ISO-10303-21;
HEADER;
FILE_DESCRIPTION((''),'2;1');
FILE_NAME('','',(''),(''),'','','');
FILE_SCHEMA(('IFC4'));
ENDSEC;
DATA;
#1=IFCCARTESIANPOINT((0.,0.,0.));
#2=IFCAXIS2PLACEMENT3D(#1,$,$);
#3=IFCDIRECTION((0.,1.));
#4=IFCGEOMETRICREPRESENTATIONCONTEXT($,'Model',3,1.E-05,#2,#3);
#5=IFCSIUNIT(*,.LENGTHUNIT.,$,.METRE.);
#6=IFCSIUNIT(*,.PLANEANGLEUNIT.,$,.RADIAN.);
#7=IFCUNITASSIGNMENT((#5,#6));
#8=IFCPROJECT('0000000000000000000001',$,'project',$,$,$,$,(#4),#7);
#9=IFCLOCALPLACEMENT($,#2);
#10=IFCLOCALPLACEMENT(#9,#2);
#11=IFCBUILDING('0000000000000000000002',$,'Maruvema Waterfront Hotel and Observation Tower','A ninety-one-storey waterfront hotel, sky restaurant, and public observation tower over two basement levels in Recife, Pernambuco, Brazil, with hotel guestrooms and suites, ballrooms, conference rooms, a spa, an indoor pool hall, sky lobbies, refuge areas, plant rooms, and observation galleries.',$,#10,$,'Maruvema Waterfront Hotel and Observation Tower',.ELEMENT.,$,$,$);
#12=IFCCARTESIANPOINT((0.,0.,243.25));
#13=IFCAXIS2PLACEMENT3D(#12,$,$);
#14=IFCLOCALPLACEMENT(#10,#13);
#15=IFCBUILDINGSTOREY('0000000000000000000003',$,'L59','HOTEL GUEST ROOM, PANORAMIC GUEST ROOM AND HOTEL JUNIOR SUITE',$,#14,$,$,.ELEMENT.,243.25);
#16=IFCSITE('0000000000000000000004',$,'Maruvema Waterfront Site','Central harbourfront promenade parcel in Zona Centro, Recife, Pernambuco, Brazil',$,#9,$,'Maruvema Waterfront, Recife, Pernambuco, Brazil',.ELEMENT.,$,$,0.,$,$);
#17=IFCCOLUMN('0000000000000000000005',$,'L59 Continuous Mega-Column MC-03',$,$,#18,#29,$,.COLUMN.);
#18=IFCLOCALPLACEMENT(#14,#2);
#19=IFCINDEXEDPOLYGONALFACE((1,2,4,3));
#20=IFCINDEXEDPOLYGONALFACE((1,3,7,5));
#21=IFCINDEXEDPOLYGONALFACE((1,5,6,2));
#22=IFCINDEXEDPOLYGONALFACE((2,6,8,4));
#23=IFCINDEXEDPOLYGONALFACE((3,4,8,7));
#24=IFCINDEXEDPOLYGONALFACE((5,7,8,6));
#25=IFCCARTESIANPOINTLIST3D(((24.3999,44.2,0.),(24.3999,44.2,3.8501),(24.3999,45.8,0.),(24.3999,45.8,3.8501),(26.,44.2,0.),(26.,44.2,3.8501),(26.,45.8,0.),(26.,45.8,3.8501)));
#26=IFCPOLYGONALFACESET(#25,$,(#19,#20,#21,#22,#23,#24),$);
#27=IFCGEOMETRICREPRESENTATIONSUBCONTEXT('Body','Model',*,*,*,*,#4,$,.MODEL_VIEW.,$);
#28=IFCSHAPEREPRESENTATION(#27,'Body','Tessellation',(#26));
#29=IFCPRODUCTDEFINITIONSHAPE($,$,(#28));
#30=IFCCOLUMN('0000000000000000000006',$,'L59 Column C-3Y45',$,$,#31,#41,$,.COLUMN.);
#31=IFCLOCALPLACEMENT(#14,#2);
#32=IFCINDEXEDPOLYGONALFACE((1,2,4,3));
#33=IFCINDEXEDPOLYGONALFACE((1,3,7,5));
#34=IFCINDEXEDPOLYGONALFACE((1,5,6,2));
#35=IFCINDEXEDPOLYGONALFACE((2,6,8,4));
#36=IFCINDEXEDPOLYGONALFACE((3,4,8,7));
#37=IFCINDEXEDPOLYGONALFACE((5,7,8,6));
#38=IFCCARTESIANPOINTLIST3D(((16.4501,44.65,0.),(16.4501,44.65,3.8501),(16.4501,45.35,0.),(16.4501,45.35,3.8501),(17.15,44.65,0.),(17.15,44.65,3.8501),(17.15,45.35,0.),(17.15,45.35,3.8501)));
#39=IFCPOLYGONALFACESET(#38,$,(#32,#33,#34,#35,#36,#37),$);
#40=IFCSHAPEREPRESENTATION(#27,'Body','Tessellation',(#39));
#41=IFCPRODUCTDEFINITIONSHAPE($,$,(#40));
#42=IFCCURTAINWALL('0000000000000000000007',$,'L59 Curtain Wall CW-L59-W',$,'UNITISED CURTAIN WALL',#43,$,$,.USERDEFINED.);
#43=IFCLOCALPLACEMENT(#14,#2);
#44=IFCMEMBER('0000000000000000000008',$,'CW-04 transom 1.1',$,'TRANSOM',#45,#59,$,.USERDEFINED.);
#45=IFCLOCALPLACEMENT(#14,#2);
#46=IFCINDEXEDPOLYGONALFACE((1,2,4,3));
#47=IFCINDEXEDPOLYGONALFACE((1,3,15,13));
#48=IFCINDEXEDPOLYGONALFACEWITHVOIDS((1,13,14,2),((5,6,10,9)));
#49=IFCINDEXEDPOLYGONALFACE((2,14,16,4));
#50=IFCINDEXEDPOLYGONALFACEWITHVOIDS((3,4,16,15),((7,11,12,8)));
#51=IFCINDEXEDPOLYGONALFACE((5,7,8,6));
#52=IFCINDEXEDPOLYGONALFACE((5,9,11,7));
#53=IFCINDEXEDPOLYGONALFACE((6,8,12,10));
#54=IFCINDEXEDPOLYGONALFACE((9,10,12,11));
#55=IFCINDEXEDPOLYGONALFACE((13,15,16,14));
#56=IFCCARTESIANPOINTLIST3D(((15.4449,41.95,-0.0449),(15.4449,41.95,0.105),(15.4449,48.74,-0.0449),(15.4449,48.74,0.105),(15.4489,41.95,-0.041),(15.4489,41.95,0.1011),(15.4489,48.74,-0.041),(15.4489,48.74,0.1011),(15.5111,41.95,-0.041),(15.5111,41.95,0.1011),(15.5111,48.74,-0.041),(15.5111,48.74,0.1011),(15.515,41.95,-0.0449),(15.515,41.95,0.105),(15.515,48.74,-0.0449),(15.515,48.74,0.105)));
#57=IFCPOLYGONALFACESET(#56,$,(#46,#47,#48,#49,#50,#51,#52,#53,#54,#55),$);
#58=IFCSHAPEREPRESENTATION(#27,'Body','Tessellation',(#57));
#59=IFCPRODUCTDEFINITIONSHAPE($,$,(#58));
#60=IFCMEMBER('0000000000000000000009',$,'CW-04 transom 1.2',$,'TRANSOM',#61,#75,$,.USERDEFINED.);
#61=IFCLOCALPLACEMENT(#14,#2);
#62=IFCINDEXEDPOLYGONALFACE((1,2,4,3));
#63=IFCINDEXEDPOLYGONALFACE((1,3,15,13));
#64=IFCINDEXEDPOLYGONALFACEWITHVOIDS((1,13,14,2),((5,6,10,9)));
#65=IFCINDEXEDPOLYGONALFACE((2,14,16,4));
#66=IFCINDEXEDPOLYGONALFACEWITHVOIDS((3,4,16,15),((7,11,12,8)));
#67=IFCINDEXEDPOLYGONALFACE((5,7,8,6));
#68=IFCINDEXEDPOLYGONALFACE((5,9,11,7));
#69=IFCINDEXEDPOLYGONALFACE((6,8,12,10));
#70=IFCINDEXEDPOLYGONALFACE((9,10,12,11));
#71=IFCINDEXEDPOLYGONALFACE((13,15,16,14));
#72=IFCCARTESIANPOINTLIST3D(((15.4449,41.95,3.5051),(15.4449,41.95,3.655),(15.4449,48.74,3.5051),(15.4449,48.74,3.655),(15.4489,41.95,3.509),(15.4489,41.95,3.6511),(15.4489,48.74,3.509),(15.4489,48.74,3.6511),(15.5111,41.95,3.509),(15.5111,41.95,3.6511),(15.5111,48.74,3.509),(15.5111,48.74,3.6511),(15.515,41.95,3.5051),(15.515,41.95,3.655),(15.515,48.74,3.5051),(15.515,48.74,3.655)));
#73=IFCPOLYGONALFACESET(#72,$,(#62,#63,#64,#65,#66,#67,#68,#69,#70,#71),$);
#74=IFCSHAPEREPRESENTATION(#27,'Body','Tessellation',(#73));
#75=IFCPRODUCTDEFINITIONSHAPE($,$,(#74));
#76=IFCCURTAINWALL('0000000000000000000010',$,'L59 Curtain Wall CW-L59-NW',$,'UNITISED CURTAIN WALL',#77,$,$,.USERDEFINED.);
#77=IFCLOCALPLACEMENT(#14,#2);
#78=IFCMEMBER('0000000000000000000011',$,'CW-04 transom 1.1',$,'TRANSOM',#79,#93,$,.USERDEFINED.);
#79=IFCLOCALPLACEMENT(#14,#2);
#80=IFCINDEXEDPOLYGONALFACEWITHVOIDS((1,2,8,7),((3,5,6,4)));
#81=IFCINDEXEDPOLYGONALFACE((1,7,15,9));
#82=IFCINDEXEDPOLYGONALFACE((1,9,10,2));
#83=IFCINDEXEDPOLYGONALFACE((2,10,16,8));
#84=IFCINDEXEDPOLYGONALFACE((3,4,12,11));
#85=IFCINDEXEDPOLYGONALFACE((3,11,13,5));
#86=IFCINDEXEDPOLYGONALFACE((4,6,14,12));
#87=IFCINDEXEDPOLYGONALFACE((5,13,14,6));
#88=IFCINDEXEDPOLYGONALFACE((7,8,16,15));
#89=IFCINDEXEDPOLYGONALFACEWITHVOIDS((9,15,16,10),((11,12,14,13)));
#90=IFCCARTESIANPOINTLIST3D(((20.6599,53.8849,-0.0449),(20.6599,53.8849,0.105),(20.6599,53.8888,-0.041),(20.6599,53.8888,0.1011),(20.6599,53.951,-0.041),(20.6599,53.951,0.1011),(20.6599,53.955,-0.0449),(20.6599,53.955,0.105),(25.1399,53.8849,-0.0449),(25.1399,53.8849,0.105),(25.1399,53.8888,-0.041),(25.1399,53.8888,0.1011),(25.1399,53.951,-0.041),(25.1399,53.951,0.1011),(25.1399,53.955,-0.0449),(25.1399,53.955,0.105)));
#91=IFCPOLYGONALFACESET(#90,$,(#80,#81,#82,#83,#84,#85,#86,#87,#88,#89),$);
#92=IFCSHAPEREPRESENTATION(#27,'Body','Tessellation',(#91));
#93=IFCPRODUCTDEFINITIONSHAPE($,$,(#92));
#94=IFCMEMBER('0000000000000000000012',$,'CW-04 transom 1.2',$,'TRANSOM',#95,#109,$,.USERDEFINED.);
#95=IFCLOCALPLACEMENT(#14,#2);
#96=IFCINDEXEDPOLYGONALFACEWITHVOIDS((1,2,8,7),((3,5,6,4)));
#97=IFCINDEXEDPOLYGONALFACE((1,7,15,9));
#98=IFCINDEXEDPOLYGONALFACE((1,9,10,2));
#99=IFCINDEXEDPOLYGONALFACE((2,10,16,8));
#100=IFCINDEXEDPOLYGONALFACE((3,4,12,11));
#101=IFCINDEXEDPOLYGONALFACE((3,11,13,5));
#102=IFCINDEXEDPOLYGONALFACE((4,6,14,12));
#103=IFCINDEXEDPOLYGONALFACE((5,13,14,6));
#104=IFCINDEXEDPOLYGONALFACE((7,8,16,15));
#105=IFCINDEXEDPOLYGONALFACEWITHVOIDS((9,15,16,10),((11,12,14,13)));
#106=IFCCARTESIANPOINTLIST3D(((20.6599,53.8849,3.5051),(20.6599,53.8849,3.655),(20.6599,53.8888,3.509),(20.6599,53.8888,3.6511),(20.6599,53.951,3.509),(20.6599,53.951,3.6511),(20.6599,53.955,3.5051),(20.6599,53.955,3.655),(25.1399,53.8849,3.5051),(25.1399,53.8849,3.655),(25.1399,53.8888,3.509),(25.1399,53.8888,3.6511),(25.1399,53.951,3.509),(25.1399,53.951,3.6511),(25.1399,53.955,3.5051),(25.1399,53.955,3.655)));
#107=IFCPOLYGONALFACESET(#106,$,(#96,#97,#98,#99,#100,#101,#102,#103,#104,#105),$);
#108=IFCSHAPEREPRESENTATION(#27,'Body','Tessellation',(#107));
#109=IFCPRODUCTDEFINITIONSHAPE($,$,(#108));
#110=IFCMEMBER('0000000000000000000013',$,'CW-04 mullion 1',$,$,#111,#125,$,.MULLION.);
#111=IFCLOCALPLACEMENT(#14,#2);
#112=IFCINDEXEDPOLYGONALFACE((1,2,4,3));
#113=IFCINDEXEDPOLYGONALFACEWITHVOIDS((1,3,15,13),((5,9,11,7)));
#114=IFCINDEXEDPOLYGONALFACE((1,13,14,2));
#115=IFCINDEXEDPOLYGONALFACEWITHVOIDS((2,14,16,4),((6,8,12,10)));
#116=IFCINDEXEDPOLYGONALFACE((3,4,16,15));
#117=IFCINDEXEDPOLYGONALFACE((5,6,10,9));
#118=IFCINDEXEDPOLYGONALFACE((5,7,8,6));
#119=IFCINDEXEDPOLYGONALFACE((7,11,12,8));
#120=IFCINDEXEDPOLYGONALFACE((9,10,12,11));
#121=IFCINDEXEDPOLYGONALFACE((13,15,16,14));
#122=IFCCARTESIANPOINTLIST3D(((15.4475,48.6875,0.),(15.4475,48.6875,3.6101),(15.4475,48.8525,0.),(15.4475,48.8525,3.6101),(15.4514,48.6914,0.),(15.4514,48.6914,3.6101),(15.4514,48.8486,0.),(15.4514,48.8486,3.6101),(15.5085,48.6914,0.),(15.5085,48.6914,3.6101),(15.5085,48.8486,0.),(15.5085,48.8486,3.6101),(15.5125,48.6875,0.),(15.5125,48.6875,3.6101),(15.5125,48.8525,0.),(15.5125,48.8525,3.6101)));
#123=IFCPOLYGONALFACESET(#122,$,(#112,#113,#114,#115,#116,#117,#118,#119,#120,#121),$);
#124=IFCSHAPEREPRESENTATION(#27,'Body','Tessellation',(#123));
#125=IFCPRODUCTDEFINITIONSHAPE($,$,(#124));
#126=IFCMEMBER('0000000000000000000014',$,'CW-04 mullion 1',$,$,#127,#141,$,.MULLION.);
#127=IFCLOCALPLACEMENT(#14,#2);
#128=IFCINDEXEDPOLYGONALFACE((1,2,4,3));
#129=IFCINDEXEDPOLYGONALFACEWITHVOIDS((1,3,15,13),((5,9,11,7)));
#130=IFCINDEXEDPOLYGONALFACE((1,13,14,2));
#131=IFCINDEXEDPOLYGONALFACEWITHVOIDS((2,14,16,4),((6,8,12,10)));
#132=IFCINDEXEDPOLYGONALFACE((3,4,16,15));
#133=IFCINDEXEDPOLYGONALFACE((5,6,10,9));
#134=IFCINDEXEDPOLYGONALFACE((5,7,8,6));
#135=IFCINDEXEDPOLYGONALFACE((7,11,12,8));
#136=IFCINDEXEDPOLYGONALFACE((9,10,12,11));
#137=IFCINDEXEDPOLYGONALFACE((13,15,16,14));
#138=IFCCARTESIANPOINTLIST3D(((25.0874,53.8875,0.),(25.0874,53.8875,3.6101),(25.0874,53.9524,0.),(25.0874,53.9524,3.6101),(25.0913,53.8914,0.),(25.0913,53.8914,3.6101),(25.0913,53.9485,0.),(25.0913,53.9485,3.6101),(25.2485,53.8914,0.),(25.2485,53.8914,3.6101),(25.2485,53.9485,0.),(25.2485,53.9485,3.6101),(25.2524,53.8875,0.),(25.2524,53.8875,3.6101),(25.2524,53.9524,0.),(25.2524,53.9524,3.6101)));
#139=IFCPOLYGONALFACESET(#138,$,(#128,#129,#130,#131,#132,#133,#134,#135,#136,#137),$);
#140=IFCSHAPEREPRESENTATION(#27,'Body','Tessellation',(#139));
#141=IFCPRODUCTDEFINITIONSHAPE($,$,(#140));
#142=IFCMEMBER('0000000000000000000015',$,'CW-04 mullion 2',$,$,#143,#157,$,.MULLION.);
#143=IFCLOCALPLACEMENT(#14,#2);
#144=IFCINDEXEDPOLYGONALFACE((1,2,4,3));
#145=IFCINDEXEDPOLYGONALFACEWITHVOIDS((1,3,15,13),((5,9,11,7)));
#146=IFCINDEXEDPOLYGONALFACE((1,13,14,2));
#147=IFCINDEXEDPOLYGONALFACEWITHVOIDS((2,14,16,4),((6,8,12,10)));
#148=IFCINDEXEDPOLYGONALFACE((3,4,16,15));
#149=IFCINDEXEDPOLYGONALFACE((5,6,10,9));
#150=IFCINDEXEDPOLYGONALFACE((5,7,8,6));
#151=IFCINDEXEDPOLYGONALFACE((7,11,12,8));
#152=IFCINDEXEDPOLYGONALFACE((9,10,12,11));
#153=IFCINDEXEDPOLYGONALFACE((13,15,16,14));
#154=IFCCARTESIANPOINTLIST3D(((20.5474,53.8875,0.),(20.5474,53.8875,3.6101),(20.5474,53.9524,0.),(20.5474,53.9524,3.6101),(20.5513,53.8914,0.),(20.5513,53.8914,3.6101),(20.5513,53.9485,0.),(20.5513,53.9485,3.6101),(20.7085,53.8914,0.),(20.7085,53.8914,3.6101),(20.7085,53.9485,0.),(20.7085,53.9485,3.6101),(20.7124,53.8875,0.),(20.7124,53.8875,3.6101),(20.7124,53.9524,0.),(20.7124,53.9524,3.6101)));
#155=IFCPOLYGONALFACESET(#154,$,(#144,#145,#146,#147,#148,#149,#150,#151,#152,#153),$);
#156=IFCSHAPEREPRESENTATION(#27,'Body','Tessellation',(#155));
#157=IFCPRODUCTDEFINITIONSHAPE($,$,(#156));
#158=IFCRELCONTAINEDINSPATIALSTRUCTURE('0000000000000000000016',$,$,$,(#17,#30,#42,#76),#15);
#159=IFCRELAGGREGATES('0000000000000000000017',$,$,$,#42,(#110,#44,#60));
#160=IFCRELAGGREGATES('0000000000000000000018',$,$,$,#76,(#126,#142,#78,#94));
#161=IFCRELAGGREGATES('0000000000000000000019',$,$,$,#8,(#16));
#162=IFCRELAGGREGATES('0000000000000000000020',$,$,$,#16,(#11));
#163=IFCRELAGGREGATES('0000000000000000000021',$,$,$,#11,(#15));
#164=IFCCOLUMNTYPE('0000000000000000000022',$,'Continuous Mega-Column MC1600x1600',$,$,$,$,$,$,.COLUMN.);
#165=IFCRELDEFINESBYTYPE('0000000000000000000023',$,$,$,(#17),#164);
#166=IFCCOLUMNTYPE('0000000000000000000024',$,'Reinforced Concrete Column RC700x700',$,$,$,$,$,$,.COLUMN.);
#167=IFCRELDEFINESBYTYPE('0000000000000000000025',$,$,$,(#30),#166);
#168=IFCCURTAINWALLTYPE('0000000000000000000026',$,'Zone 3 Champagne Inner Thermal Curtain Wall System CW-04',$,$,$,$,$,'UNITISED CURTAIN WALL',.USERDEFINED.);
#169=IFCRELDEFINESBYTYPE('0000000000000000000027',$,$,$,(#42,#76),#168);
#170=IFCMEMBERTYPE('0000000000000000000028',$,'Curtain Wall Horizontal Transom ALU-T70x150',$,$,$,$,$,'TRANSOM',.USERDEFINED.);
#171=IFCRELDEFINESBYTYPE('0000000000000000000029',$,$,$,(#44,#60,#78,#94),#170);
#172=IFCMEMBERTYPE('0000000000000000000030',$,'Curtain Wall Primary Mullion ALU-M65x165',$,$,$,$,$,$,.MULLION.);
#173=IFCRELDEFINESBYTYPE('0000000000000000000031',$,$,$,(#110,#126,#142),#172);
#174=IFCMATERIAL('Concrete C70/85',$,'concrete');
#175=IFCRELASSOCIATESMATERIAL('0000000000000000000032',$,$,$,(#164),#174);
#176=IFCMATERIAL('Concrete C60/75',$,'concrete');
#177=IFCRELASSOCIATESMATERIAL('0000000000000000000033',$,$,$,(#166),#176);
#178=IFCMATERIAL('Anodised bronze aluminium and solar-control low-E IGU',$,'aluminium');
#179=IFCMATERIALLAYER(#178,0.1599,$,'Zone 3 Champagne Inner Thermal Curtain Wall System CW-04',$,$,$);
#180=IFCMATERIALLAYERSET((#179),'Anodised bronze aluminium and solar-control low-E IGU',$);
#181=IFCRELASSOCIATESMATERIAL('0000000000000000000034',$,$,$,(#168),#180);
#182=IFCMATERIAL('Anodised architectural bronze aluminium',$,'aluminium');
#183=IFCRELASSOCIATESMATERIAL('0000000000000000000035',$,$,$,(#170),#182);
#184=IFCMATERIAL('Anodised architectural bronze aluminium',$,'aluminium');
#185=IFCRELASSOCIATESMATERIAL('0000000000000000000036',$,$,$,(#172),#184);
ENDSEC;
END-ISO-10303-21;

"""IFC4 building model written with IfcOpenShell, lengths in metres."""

from ifc_helpers import new_model, si_unit, direction, frame, origin, origin_2d, place, context, subcontext, project, spatial, rectangle, hollow_rectangle, extrude, material, layer, layer_set, material_profile, profile_set, type_object, element, aggregate, save


model = new_model("IFC4")

# Units and contexts
model_context = context("Model", 3, precision=1e-05, world=origin(), true_north=direction((0.0, 1.0)))
body_context = subcontext(model_context, "Body", "Model", "MODEL_VIEW")
ifc_project = project(units=[si_unit("LENGTHUNIT", "METRE"), si_unit("PLANEANGLEUNIT", "RADIAN")], contexts=[model_context])

# Site, building, storey
site_placement = place(None, origin())
site = spatial("IfcSite", under=ifc_project, at=site_placement, Name="Maruvema Waterfront Site", Description="Central harbourfront promenade parcel in Zona Centro, Recife, Pernambuco, Brazil", LongName="Maruvema Waterfront, Recife, Pernambuco, Brazil", CompositionType="ELEMENT", RefElevation=0.0)
building_placement = place(site_placement, origin())
building = spatial("IfcBuilding", under=site, at=building_placement, Name="Maruvema Waterfront Hotel and Observation Tower", Description="A ninety-one-storey waterfront hotel, sky restaurant, and public observation tower over two basement levels in Recife, Pernambuco, Brazil, with hotel guestrooms and suites, ballrooms, conference rooms, a spa, an indoor pool hall, sky lobbies, refuge areas, plant rooms, and observation galleries.", LongName="Maruvema Waterfront Hotel and Observation Tower", CompositionType="ELEMENT")
storey_placement = place(building_placement, frame((0.0, 0.0, 243.25)))
storey = spatial("IfcBuildingStorey", under=building, at=storey_placement, Name="L59", Description="HOTEL GUEST ROOM, PANORAMIC GUEST ROOM AND HOTEL JUNIOR SUITE", CompositionType="ELEMENT", Elevation=243.25)

# Columns
ifc_material_1 = material(Name="Concrete C70/85", Category="concrete")
ifc_material_profile_1 = material_profile(ifc_material_1, rectangle(XDim=1.6001, YDim=1.6001, at=origin_2d()), Name="MC1600x1600")
ifc_profile_set_1 = profile_set([ifc_material_profile_1], Name="Concrete C70/85")
column_type_1 = type_object("IfcColumnType", Name="Continuous Mega-Column MC1600x1600", PredefinedType="COLUMN", material=ifc_profile_set_1)
column_1_placement = place(storey_placement, frame((25.2, 45.0, 0.0), z_axis=(0.0, 0.0, 1.0), x_axis=(1.0, 0.0, 0.0)))
element("IfcColumn", 1, at=column_1_placement, inside=storey, type_object=column_type_1, Name="L59 Continuous Mega-Column MC-03", PredefinedType="COLUMN", context=body_context, shape_type="SweptSolid", body=[
    extrude(rectangle(XDim=1.6001, YDim=1.6001, at=origin_2d()), origin(), (0.0, 0.0, 1.0), 3.8501),
])
ifc_material_2 = material(Name="Concrete C60/75", Category="concrete")
ifc_material_profile_2 = material_profile(ifc_material_2, rectangle(XDim=0.7, YDim=0.7, at=origin_2d()), Name="RC700x700")
ifc_profile_set_2 = profile_set([ifc_material_profile_2], Name="Concrete C60/75")
column_type_2 = type_object("IfcColumnType", Name="Reinforced Concrete Column RC700x700", PredefinedType="COLUMN", material=ifc_profile_set_2)
column_2_placement = place(storey_placement, frame((16.8, 45.0, 0.0), z_axis=(0.0, 0.0, 1.0), x_axis=(1.0, 0.0, 0.0)))
element("IfcColumn", 2, at=column_2_placement, inside=storey, type_object=column_type_2, Name="L59 Column C-3Y45", PredefinedType="COLUMN", context=body_context, shape_type="SweptSolid", body=[
    extrude(rectangle(XDim=0.7, YDim=0.7, at=origin_2d()), origin(), (0.0, 0.0, 1.0), 3.8501),
])

# Curtain walls, members
ifc_material_3 = material(Name="Anodised bronze aluminium and solar-control low-E IGU", Category="aluminium")
ifc_layer_1 = layer(ifc_material_3, 0.1599, Name="Zone 3 Champagne Inner Thermal Curtain Wall System CW-04")
ifc_layer_set_1 = layer_set([ifc_layer_1], Name="Anodised bronze aluminium and solar-control low-E IGU")
curtain_wall_type = type_object("IfcCurtainWallType", Name="Zone 3 Champagne Inner Thermal Curtain Wall System CW-04", ElementType="UNITISED CURTAIN WALL", PredefinedType="USERDEFINED", material=ifc_layer_set_1)
curtain_wall_1_placement = place(storey_placement, origin())
curtain_wall_1 = element("IfcCurtainWall", 3, at=curtain_wall_1_placement, inside=storey, type_object=curtain_wall_type, Name="L59 Curtain Wall CW-L59-W", ObjectType="UNITISED CURTAIN WALL", PredefinedType="USERDEFINED")
ifc_material_4 = material(Name="Anodised architectural bronze aluminium", Category="aluminium")
ifc_material_profile_3 = material_profile(ifc_material_4, hollow_rectangle(XDim=0.0701, YDim=0.1499, WallThickness=0.0039, at=origin_2d()), Name="ALU-T70x150")
ifc_profile_set_3 = profile_set([ifc_material_profile_3], Name="Anodised architectural bronze aluminium")
member_type_1 = type_object("IfcMemberType", Name="Curtain Wall Horizontal Transom ALU-T70x150", ElementType="TRANSOM", PredefinedType="USERDEFINED", material=ifc_profile_set_3)
member_1_placement = place(storey_placement, frame((15.48, 48.74, 0.03), z_axis=(0.0, -1.0, 0.0), x_axis=(1.0, 0.0, 0.0)))
member_1 = element("IfcMember", 4, at=member_1_placement, type_object=member_type_1, Name="CW-04 transom 1.1", ObjectType="TRANSOM", PredefinedType="USERDEFINED", context=body_context, shape_type="SweptSolid", body=[
    extrude(hollow_rectangle(XDim=0.0701, YDim=0.1499, WallThickness=0.0039, at=origin_2d()), origin(), (0.0, 0.0, 1.0), 6.79),
])
member_2_placement = place(storey_placement, frame((15.48, 48.74, 3.5801), z_axis=(0.0, -1.0, 0.0), x_axis=(1.0, 0.0, 0.0)))
member_2 = element("IfcMember", 5, at=member_2_placement, type_object=member_type_1, Name="CW-04 transom 1.2", ObjectType="TRANSOM", PredefinedType="USERDEFINED", context=body_context, shape_type="SweptSolid", body=[
    extrude(hollow_rectangle(XDim=0.0701, YDim=0.1499, WallThickness=0.0039, at=origin_2d()), origin(), (0.0, 0.0, 1.0), 6.79),
])
curtain_wall_2_placement = place(storey_placement, origin())
curtain_wall_2 = element("IfcCurtainWall", 6, at=curtain_wall_2_placement, inside=storey, type_object=curtain_wall_type, Name="L59 Curtain Wall CW-L59-NW", ObjectType="UNITISED CURTAIN WALL", PredefinedType="USERDEFINED")
member_3_placement = place(storey_placement, frame((25.1399, 53.9199, 0.03), z_axis=(-1.0, 0.0, 0.0), x_axis=(0.0, -1.0, 0.0)))
member_3 = element("IfcMember", 7, at=member_3_placement, type_object=member_type_1, Name="CW-04 transom 1.1", ObjectType="TRANSOM", PredefinedType="USERDEFINED", context=body_context, shape_type="SweptSolid", body=[
    extrude(hollow_rectangle(XDim=0.0701, YDim=0.1499, WallThickness=0.0039, at=origin_2d()), origin(), (0.0, 0.0, 1.0), 4.48),
])
member_4_placement = place(storey_placement, frame((25.1399, 53.9199, 3.5801), z_axis=(-1.0, 0.0, 0.0), x_axis=(0.0, -1.0, 0.0)))
member_4 = element("IfcMember", 8, at=member_4_placement, type_object=member_type_1, Name="CW-04 transom 1.2", ObjectType="TRANSOM", PredefinedType="USERDEFINED", context=body_context, shape_type="SweptSolid", body=[
    extrude(hollow_rectangle(XDim=0.0701, YDim=0.1499, WallThickness=0.0039, at=origin_2d()), origin(), (0.0, 0.0, 1.0), 4.48),
])

# Members
ifc_material_5 = material(Name="Anodised architectural bronze aluminium", Category="aluminium")
ifc_material_profile_4 = material_profile(ifc_material_5, hollow_rectangle(XDim=0.0649, YDim=0.165, WallThickness=0.0039, at=origin_2d()), Name="ALU-M65x165")
ifc_profile_set_4 = profile_set([ifc_material_profile_4], Name="Anodised architectural bronze aluminium")
member_type_2 = type_object("IfcMemberType", Name="Curtain Wall Primary Mullion ALU-M65x165", PredefinedType="MULLION", material=ifc_profile_set_4)
member_5_placement = place(storey_placement, frame((15.48, 48.77, 0.0), z_axis=(0.0, 0.0, 1.0), x_axis=(1.0, 0.0, 0.0)))
member_5 = element("IfcMember", 9, at=member_5_placement, type_object=member_type_2, Name="CW-04 mullion 1", PredefinedType="MULLION", context=body_context, shape_type="SweptSolid", body=[
    extrude(hollow_rectangle(XDim=0.0649, YDim=0.165, WallThickness=0.0039, at=origin_2d()), origin(), (0.0, 0.0, 1.0), 3.6101),
])
member_6_placement = place(storey_placement, frame((25.1699, 53.9199, 0.0), z_axis=(0.0, 0.0, 1.0), x_axis=(0.0, -1.0, 0.0)))
member_6 = element("IfcMember", 10, at=member_6_placement, type_object=member_type_2, Name="CW-04 mullion 1", PredefinedType="MULLION", context=body_context, shape_type="SweptSolid", body=[
    extrude(hollow_rectangle(XDim=0.0649, YDim=0.165, WallThickness=0.0039, at=origin_2d()), origin(), (0.0, 0.0, 1.0), 3.6101),
])
member_7_placement = place(storey_placement, frame((20.6299, 53.9199, 0.0), z_axis=(0.0, 0.0, 1.0), x_axis=(0.0, -1.0, 0.0)))
member_7 = element("IfcMember", 11, at=member_7_placement, type_object=member_type_2, Name="CW-04 mullion 2", PredefinedType="MULLION", context=body_context, shape_type="SweptSolid", body=[
    extrude(hollow_rectangle(XDim=0.0649, YDim=0.165, WallThickness=0.0039, at=origin_2d()), origin(), (0.0, 0.0, 1.0), 3.6101),
])

aggregate(curtain_wall_1, [member_5, member_1, member_2])
aggregate(curtain_wall_2, [member_6, member_7, member_3, member_4])

save(model, "model.ifc")
